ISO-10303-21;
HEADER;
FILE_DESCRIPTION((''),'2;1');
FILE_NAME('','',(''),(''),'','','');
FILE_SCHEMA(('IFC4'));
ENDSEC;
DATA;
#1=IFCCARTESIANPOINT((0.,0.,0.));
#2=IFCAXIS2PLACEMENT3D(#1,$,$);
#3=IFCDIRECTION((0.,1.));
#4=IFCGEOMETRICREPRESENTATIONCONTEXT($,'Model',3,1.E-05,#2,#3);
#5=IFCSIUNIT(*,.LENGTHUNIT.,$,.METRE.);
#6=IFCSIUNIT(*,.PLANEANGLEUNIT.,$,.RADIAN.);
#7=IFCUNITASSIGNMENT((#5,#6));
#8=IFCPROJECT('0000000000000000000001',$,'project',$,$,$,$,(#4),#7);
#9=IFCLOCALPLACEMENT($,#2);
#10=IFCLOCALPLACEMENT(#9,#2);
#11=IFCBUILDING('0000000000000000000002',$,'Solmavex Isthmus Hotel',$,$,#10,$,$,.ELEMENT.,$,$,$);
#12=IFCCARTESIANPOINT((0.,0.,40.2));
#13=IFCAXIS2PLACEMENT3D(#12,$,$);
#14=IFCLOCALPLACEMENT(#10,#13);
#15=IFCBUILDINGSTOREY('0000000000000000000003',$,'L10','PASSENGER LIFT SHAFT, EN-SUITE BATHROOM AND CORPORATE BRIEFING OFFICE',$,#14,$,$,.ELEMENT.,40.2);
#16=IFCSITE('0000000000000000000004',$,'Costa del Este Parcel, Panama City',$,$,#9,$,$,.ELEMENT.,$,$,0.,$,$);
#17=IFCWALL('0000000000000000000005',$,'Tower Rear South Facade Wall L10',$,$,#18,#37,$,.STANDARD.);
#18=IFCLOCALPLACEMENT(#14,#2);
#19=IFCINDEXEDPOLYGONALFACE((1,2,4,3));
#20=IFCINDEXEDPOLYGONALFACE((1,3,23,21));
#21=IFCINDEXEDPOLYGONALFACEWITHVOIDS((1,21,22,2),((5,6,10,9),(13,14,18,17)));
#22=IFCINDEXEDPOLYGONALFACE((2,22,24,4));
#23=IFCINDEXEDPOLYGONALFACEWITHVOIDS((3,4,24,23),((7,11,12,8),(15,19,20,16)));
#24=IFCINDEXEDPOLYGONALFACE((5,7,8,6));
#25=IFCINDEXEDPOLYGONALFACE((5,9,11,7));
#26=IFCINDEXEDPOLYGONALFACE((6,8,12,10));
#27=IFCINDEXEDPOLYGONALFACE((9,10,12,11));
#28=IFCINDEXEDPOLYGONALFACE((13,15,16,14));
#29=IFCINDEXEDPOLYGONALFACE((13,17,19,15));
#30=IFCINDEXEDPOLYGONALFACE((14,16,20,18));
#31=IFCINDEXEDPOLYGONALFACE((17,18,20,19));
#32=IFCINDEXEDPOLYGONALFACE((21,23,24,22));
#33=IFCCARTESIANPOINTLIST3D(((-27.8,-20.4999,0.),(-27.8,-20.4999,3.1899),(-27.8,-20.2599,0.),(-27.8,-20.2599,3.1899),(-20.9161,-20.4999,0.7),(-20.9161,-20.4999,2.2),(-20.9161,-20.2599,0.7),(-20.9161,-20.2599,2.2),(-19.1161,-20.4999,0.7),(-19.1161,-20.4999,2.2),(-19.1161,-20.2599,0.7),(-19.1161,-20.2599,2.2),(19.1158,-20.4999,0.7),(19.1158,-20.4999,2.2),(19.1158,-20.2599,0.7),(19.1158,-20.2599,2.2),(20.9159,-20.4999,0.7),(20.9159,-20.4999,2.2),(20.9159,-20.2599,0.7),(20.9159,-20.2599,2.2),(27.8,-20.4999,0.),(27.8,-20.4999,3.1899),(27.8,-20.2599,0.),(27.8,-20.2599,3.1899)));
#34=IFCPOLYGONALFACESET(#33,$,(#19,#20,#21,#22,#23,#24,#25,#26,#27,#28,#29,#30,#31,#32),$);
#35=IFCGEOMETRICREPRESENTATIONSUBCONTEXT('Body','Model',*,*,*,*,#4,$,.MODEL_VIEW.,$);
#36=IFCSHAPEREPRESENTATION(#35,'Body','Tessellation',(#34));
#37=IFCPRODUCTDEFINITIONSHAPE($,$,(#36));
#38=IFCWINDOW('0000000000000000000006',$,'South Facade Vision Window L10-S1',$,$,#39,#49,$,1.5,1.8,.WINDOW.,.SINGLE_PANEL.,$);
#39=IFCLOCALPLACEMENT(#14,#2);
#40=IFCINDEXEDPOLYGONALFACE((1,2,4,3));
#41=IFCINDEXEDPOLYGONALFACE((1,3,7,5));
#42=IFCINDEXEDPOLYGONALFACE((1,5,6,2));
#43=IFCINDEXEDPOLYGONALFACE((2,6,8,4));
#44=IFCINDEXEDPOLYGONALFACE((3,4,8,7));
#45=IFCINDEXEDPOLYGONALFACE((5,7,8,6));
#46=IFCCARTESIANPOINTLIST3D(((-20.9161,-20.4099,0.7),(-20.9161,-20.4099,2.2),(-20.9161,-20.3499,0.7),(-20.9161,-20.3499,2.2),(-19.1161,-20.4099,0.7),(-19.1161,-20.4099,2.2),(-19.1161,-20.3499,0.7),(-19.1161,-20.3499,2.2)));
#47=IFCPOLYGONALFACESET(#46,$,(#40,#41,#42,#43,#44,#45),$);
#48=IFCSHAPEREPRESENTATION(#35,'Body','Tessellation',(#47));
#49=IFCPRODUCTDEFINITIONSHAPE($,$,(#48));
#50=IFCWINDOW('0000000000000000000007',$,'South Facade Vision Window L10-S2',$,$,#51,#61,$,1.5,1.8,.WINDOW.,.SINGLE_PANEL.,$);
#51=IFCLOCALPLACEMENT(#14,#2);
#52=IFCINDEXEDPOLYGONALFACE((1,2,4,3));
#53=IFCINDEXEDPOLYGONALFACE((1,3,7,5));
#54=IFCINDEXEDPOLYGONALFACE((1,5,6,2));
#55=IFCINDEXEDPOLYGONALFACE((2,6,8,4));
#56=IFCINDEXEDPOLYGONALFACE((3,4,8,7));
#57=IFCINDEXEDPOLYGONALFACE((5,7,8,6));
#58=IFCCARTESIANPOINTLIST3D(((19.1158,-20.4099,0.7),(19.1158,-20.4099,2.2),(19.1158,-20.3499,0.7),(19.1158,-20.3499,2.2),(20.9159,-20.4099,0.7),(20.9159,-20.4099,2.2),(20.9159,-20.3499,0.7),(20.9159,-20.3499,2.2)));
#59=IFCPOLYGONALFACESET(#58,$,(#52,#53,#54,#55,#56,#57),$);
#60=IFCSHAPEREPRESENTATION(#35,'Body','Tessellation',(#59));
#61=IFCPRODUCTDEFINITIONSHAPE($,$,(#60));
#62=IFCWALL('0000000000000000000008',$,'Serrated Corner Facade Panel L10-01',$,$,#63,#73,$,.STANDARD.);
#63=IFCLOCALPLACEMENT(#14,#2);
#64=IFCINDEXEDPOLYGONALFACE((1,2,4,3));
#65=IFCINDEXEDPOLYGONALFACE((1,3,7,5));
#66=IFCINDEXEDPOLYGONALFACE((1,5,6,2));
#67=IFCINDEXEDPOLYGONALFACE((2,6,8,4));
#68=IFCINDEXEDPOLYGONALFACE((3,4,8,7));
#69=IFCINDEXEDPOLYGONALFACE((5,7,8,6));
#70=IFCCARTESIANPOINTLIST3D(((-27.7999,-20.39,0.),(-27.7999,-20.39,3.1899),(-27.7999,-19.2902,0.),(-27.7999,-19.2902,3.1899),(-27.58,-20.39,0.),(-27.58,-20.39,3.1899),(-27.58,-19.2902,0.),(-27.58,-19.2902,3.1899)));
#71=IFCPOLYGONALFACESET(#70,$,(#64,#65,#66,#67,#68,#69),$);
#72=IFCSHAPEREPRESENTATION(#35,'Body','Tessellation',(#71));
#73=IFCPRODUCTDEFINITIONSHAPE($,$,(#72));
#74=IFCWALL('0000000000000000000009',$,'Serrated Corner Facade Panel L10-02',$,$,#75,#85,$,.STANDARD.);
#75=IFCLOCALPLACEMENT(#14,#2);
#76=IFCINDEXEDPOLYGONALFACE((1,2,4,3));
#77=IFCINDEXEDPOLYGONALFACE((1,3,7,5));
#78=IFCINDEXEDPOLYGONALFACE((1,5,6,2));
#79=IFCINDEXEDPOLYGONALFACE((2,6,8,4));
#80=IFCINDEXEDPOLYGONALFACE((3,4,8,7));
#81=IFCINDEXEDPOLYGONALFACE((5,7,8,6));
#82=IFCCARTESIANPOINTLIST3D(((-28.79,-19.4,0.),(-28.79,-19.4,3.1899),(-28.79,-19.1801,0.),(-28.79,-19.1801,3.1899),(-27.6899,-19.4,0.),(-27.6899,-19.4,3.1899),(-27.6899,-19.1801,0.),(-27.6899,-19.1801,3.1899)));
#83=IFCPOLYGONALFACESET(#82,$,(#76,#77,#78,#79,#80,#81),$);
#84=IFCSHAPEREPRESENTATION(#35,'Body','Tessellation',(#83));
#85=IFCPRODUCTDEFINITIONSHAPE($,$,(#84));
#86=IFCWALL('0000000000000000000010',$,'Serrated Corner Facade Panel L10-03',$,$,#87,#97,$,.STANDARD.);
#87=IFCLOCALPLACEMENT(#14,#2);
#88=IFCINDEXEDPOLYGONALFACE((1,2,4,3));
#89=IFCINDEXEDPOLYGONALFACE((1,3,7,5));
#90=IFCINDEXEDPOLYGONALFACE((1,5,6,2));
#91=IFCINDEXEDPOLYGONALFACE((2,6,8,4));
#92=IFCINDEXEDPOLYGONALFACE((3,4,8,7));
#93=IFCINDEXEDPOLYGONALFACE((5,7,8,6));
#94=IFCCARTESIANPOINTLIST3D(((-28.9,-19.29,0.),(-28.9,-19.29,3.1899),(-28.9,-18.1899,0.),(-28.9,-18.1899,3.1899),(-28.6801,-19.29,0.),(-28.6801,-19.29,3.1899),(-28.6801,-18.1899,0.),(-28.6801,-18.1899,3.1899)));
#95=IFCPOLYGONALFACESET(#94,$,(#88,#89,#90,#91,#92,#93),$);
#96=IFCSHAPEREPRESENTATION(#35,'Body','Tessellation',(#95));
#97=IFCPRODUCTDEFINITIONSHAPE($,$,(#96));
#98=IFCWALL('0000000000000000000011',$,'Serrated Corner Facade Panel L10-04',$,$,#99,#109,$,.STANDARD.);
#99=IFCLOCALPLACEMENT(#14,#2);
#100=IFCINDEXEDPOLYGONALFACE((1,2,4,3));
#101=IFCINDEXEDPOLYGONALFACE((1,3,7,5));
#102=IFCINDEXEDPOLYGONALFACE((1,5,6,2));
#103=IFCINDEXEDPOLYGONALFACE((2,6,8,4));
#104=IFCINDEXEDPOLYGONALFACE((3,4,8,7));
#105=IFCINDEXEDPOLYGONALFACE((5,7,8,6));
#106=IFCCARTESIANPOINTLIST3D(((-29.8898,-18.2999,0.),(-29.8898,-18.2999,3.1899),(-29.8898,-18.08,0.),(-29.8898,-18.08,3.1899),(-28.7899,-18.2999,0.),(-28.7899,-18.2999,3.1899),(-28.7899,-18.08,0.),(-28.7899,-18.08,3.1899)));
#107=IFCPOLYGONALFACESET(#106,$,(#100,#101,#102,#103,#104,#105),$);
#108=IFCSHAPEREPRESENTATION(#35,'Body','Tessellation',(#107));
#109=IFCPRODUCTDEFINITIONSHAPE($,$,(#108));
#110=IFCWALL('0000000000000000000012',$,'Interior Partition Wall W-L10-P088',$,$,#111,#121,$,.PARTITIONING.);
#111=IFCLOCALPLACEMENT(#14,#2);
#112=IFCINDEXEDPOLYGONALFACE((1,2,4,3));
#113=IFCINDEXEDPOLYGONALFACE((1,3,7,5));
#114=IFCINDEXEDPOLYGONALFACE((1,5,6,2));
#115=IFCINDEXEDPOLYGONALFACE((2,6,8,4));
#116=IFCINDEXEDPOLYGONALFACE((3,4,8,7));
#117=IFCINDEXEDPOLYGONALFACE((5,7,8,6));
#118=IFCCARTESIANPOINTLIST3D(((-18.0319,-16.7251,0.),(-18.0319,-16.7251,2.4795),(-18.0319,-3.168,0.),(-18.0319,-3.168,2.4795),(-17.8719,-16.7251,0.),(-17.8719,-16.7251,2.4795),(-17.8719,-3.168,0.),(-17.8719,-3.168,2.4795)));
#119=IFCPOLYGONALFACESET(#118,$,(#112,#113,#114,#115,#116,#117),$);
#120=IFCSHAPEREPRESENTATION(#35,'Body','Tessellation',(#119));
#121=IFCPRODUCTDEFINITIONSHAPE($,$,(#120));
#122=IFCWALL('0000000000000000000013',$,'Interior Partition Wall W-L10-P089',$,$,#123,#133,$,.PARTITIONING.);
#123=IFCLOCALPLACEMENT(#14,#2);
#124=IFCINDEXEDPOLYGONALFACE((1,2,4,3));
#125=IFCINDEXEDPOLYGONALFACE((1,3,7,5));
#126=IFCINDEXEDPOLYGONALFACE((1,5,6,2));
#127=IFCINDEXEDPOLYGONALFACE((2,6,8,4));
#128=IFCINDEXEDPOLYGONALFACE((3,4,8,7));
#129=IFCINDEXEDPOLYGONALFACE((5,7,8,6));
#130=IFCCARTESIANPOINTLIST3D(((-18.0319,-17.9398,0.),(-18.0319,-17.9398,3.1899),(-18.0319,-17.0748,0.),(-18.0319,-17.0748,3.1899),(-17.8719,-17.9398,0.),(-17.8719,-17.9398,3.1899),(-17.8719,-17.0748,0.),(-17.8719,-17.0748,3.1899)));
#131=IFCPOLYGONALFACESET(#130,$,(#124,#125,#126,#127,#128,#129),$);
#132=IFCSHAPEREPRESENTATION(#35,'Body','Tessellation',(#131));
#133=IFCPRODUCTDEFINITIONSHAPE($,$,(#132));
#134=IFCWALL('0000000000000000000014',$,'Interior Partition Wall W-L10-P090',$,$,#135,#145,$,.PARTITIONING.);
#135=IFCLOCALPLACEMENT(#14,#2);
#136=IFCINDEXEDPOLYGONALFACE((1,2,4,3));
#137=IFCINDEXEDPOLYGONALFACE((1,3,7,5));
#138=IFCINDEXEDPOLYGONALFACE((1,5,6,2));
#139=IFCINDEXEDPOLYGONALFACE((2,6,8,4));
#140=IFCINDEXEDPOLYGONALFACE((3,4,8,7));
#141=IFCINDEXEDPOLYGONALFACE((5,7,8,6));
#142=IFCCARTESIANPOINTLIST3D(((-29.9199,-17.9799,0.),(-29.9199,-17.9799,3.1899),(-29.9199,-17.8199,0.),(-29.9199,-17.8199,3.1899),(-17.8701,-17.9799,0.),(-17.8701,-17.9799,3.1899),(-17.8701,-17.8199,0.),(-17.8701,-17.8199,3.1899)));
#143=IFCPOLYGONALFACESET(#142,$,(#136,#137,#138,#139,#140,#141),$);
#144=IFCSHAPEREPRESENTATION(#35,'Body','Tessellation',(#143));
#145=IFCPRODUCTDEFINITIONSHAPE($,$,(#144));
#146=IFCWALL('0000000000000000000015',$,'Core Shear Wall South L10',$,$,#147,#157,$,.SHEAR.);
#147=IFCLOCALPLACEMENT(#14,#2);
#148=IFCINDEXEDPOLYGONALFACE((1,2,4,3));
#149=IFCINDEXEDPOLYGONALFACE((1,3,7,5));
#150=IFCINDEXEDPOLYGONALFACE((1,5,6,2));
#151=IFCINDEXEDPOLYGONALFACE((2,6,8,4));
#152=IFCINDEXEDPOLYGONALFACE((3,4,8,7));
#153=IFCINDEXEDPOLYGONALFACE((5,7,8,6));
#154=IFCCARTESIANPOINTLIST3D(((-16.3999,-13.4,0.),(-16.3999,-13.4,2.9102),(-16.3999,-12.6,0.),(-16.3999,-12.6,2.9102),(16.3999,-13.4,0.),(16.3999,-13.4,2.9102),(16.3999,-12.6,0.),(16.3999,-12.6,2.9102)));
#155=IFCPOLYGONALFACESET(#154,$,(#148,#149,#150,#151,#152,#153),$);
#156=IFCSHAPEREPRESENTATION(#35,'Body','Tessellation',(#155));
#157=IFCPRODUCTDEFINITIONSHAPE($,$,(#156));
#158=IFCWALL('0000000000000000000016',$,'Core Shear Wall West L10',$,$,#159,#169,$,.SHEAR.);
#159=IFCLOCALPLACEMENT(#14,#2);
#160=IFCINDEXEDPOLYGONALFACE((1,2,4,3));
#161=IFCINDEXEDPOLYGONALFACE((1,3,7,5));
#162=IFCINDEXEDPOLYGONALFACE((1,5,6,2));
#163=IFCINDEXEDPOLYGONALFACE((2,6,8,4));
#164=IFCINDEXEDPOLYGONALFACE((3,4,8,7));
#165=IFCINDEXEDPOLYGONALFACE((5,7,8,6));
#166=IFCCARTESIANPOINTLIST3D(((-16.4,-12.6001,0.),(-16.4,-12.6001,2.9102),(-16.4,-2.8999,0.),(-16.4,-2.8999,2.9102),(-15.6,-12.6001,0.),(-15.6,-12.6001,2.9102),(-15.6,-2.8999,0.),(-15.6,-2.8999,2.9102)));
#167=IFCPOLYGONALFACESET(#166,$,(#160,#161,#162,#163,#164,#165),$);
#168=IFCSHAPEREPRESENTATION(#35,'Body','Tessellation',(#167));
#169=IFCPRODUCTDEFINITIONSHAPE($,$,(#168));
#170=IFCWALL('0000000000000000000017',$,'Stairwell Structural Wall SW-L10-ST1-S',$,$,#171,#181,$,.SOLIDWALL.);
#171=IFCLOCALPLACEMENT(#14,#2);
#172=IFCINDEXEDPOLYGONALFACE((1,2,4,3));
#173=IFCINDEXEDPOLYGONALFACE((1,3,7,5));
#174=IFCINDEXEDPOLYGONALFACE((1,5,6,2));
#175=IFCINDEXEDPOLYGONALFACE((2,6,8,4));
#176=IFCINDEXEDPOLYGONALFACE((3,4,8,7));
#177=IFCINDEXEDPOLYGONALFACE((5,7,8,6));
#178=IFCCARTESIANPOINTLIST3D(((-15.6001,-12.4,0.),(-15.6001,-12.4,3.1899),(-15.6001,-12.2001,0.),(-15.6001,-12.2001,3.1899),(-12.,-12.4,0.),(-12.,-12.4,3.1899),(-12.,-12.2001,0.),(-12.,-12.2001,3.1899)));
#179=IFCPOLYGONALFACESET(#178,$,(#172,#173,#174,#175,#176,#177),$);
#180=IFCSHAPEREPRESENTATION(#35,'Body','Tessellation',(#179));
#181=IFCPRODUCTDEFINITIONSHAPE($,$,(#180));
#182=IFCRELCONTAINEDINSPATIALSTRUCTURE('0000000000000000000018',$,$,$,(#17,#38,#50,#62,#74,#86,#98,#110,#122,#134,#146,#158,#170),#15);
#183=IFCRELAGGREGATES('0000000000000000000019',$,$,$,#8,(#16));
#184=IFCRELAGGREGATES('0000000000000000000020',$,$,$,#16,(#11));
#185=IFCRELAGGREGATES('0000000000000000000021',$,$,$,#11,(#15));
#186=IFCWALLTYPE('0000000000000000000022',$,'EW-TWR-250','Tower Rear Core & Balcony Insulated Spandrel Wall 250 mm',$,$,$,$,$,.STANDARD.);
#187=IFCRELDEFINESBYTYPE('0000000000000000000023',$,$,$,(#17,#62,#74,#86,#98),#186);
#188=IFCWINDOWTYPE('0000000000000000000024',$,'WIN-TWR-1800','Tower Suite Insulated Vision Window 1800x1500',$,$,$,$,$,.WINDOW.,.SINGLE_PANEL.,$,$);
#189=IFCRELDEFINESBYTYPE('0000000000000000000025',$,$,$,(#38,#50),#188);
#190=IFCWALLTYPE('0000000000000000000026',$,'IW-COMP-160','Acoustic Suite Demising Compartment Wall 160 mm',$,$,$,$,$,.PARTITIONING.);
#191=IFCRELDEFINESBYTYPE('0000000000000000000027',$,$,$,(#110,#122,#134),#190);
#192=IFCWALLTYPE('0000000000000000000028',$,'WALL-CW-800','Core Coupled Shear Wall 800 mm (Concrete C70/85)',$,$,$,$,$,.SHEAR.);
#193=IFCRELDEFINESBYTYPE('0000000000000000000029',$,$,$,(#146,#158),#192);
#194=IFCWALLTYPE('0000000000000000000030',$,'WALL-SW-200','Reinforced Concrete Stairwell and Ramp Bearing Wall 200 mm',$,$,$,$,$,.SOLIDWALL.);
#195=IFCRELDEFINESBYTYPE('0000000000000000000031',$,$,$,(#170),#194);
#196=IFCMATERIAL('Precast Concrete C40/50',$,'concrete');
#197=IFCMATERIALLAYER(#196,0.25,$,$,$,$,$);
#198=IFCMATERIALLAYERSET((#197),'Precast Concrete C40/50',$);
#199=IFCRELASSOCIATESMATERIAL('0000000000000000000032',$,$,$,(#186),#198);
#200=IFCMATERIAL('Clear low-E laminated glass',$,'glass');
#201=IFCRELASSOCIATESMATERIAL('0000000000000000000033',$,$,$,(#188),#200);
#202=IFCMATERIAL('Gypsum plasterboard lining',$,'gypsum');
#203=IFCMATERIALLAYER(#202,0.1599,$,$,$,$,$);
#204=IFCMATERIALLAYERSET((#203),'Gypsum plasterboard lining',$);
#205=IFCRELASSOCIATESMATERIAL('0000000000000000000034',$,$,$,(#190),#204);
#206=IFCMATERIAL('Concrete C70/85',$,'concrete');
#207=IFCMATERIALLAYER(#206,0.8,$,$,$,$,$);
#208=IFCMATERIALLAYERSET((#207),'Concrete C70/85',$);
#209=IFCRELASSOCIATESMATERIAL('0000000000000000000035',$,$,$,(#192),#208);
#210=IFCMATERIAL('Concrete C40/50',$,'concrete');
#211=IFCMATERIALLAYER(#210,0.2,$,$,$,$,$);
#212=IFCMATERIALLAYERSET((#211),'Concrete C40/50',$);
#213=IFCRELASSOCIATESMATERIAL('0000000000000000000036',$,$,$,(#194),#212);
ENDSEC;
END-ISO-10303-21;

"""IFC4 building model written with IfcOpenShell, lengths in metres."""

from ifc_helpers import new_model, si_unit, direction, frame, frame_2d, origin, place, context, subcontext, project, spatial, rectangle, extrude, material, layer, layer_set, type_object, element, fill, save


model = new_model("IFC4")

# Units and contexts
model_context = context("Model", 3, precision=1e-05, world=origin(), true_north=direction((0.0, 1.0)))
body_context = subcontext(model_context, "Body", "Model", "MODEL_VIEW")
ifc_project = project(units=[si_unit("LENGTHUNIT", "METRE"), si_unit("PLANEANGLEUNIT", "RADIAN")], contexts=[model_context])

# Site, building, storey
site_placement = place(None, origin())
site = spatial("IfcSite", under=ifc_project, at=site_placement, Name="Costa del Este Parcel, Panama City", CompositionType="ELEMENT", RefElevation=0.0)
building_placement = place(site_placement, origin())
building = spatial("IfcBuilding", under=site, at=building_placement, Name="Solmavex Isthmus Hotel", CompositionType="ELEMENT")
storey_placement = place(building_placement, frame((0.0, 0.0, 40.2)))
storey = spatial("IfcBuildingStorey", under=building, at=storey_placement, Name="L10", Description="PASSENGER LIFT SHAFT, EN-SUITE BATHROOM AND CORPORATE BRIEFING OFFICE", CompositionType="ELEMENT", Elevation=40.2)

# Shared definitions
ifc_material_1 = material(Name="Concrete C70/85", Category="concrete")

# Shared definitions
ifc_material_2 = material(Name="Clear low-E laminated glass", Category="glass")

# Wall, openings, windows
ifc_material_3 = material(Name="Precast Concrete C40/50", Category="concrete")
ifc_layer_1 = layer(ifc_material_3, 0.25)
ifc_layer_set_1 = layer_set([ifc_layer_1], Name="Precast Concrete C40/50")
wall_type_1 = type_object("IfcWallType", Name="EW-TWR-250", Description="Tower Rear Core & Balcony Insulated Spandrel Wall 250 mm", PredefinedType="STANDARD", material=ifc_layer_set_1)
wall_1_placement = place(storey_placement, frame((-27.8, -20.3799, 0.0), z_axis=(0.0, 0.0, 1.0), x_axis=(1.0, 0.0, 0.0)))
wall_1 = element("IfcWall", 1, at=wall_1_placement, inside=storey, type_object=wall_type_1, Name="Tower Rear South Facade Wall L10", PredefinedType="STANDARD", context=body_context, shape_type="SweptSolid", body=[
    extrude(rectangle(XDim=55.6001, YDim=0.24, at=frame_2d((27.8, 0.0))), origin(), (0.0, 0.0, 1.0), 3.1899),
])
opening_1_placement = place(wall_1_placement, frame((6.884, 0.0, 0.7)))
opening_1 = element("IfcOpeningElement", 2, at=opening_1_placement, cuts=wall_1, PredefinedType="OPENING", context=body_context, shape_type="SweptSolid", body=[
    extrude(rectangle(XDim=1.8, YDim=1.5, at=frame_2d((0.8999, 0.75))), frame((0.0, 0.1299, 0.0), z_axis=(0.0, -1.0, 0.0), x_axis=(1.0, 0.0, 0.0)), (0.0, 0.0, 1.0), 0.26),
])
opening_2_placement = place(wall_1_placement, frame((46.916, 0.0, 0.7)))
opening_2 = element("IfcOpeningElement", 3, at=opening_2_placement, cuts=wall_1, PredefinedType="OPENING", context=body_context, shape_type="SweptSolid", body=[
    extrude(rectangle(XDim=1.8, YDim=1.5, at=frame_2d((0.8999, 0.75))), frame((0.0, 0.1299, 0.0), z_axis=(0.0, -1.0, 0.0), x_axis=(1.0, 0.0, 0.0)), (0.0, 0.0, 1.0), 0.26),
])
window_type = type_object("IfcWindowType", Name="WIN-TWR-1800", Description="Tower Suite Insulated Vision Window 1800x1500", PartitioningType="SINGLE_PANEL", PredefinedType="WINDOW", material=ifc_material_2)
window_1_placement = place(opening_1_placement, origin())
window_1 = element("IfcWindow", 4, at=window_1_placement, inside=storey, type_object=window_type, Name="South Facade Vision Window L10-S1", OverallHeight=1.5, OverallWidth=1.8, PartitioningType="SINGLE_PANEL", PredefinedType="WINDOW", context=body_context, shape_type="SweptSolid", body=[
    extrude(rectangle(XDim=1.8, YDim=1.5, at=frame_2d((0.8999, 0.75))), frame((0.0, 0.03, 0.0), z_axis=(0.0, -1.0, 0.0), x_axis=(1.0, 0.0, 0.0)), (0.0, 0.0, 1.0), 0.0601),
])
fill(opening_1, window_1)
window_2_placement = place(opening_2_placement, origin())
window_2 = element("IfcWindow", 5, at=window_2_placement, inside=storey, type_object=window_type, Name="South Facade Vision Window L10-S2", OverallHeight=1.5, OverallWidth=1.8, PartitioningType="SINGLE_PANEL", PredefinedType="WINDOW", context=body_context, shape_type="SweptSolid", body=[
    extrude(rectangle(XDim=1.8, YDim=1.5, at=frame_2d((0.8999, 0.75))), frame((0.0, 0.03, 0.0), z_axis=(0.0, -1.0, 0.0), x_axis=(1.0, 0.0, 0.0)), (0.0, 0.0, 1.0), 0.0601),
])
fill(opening_2, window_2)

# Walls
wall_2_placement = place(storey_placement, frame((-27.6899, -20.3899, 0.0), z_axis=(0.0, 0.0, 1.0), x_axis=(0.0, 1.0, 0.0)))
element("IfcWall", 6, at=wall_2_placement, inside=storey, type_object=wall_type_1, Name="Serrated Corner Facade Panel L10-01", PredefinedType="STANDARD", context=body_context, shape_type="SweptSolid", body=[
    extrude(rectangle(XDim=1.0999, YDim=0.22, at=frame_2d((0.5498, 0.0))), origin(), (0.0, 0.0, 1.0), 3.1899),
])
for number, where, z_axis, x_axis, name in (
    (7, (-27.6899, -19.29, 0.0), (0.0, 0.0, 1.0), (-1.0, 0.0, 0.0), "Serrated Corner Facade Panel L10-02"),
    (8, (-28.79, -19.29, 0.0), (0.0, 0.0, 1.0), (0.0, 1.0, 0.0), "Serrated Corner Facade Panel L10-03"),
):
    element("IfcWall", number, at=place(storey_placement, frame(where, z_axis=z_axis, x_axis=x_axis)), inside=storey, type_object=wall_type_1, Name=name, PredefinedType="STANDARD", context=body_context, shape_type="SweptSolid", body=[
        extrude(rectangle(XDim=1.1001, YDim=0.22, at=frame_2d((0.55, 0.0))), origin(), (0.0, 0.0, 1.0), 3.1899),
    ])
wall_3_placement = place(storey_placement, frame((-28.79, -18.1899, 0.0), z_axis=(0.0, 0.0, 1.0), x_axis=(-1.0, 0.0, 0.0)))
element("IfcWall", 9, at=wall_3_placement, inside=storey, type_object=wall_type_1, Name="Serrated Corner Facade Panel L10-04", PredefinedType="STANDARD", context=body_context, shape_type="SweptSolid", body=[
    extrude(rectangle(XDim=1.0999, YDim=0.22, at=frame_2d((0.5498, 0.0))), origin(), (0.0, 0.0, 1.0), 3.1899),
])
ifc_material_4 = material(Name="Gypsum plasterboard lining", Category="gypsum")
ifc_layer_2 = layer(ifc_material_4, 0.1599)
ifc_layer_set_2 = layer_set([ifc_layer_2], Name="Gypsum plasterboard lining")
wall_type_2 = type_object("IfcWallType", Name="IW-COMP-160", Description="Acoustic Suite Demising Compartment Wall 160 mm", PredefinedType="PARTITIONING", material=ifc_layer_set_2)
wall_4_placement = place(storey_placement, frame((-17.9519, -16.7251, 0.0), z_axis=(0.0, 0.0, 1.0), x_axis=(0.0, 1.0, 0.0)))
element("IfcWall", 10, at=wall_4_placement, inside=storey, type_object=wall_type_2, Name="Interior Partition Wall W-L10-P088", PredefinedType="PARTITIONING", context=body_context, shape_type="SweptSolid", body=[
    extrude(rectangle(XDim=13.5571, YDim=0.1599, at=frame_2d((6.7786, 0.0))), origin(), (0.0, 0.0, 1.0), 2.4795),
])
wall_5_placement = place(storey_placement, frame((-17.9519, -17.9399, 0.0), z_axis=(0.0, 0.0, 1.0), x_axis=(0.0, 1.0, 0.0)))
element("IfcWall", 11, at=wall_5_placement, inside=storey, type_object=wall_type_2, Name="Interior Partition Wall W-L10-P089", PredefinedType="PARTITIONING", context=body_context, shape_type="SweptSolid", body=[
    extrude(rectangle(XDim=0.865, YDim=0.1599, at=frame_2d((0.4326, 0.0))), origin(), (0.0, 0.0, 1.0), 3.1899),
])
wall_6_placement = place(storey_placement, frame((-29.9199, -17.8999, 0.0), z_axis=(0.0, 0.0, 1.0), x_axis=(1.0, 0.0, 0.0)))
element("IfcWall", 12, at=wall_6_placement, inside=storey, type_object=wall_type_2, Name="Interior Partition Wall W-L10-P090", PredefinedType="PARTITIONING", context=body_context, shape_type="SweptSolid", body=[
    extrude(rectangle(XDim=12.0498, YDim=0.1599, at=frame_2d((6.0249, 0.0))), origin(), (0.0, 0.0, 1.0), 3.1899),
])
ifc_layer_3 = layer(ifc_material_1, 0.8)
ifc_layer_set_3 = layer_set([ifc_layer_3], Name="Concrete C70/85")
wall_type_3 = type_object("IfcWallType", Name="WALL-CW-800", Description="Core Coupled Shear Wall 800 mm (Concrete C70/85)", PredefinedType="SHEAR", material=ifc_layer_set_3)
wall_7_placement = place(storey_placement, frame((-16.3999, -13.0, 0.0), z_axis=(0.0, 0.0, 1.0), x_axis=(1.0, 0.0, 0.0)))
element("IfcWall", 13, at=wall_7_placement, inside=storey, type_object=wall_type_3, Name="Core Shear Wall South L10", PredefinedType="SHEAR", context=body_context, shape_type="SweptSolid", body=[
    extrude(rectangle(XDim=32.7998, YDim=0.8, at=frame_2d((16.3999, 0.0))), origin(), (0.0, 0.0, 1.0), 2.9102),
])
wall_8_placement = place(storey_placement, frame((-16.0, -12.6001, 0.0), z_axis=(0.0, 0.0, 1.0), x_axis=(0.0, 1.0, 0.0)))
element("IfcWall", 14, at=wall_8_placement, inside=storey, type_object=wall_type_3, Name="Core Shear Wall West L10", PredefinedType="SHEAR", context=body_context, shape_type="SweptSolid", body=[
    extrude(rectangle(XDim=9.7002, YDim=0.8, at=frame_2d((4.8501, 0.0))), origin(), (0.0, 0.0, 1.0), 2.9102),
])
ifc_material_5 = material(Name="Concrete C40/50", Category="concrete")
ifc_layer_4 = layer(ifc_material_5, 0.2)
ifc_layer_set_4 = layer_set([ifc_layer_4], Name="Concrete C40/50")
wall_type_4 = type_object("IfcWallType", Name="WALL-SW-200", Description="Reinforced Concrete Stairwell and Ramp Bearing Wall 200 mm", PredefinedType="SOLIDWALL", material=ifc_layer_set_4)
wall_9_placement = place(storey_placement, frame((-15.6001, -12.3, 0.0), z_axis=(0.0, 0.0, 1.0), x_axis=(1.0, 0.0, 0.0)))
element("IfcWall", 15, at=wall_9_placement, inside=storey, type_object=wall_type_4, Name="Stairwell Structural Wall SW-L10-ST1-S", PredefinedType="SOLIDWALL", context=body_context, shape_type="SweptSolid", body=[
    extrude(rectangle(XDim=3.6001, YDim=0.2, at=frame_2d((1.8, 0.0))), origin(), (0.0, 0.0, 1.0), 3.1899),
])

save(model, "model.ifc")
